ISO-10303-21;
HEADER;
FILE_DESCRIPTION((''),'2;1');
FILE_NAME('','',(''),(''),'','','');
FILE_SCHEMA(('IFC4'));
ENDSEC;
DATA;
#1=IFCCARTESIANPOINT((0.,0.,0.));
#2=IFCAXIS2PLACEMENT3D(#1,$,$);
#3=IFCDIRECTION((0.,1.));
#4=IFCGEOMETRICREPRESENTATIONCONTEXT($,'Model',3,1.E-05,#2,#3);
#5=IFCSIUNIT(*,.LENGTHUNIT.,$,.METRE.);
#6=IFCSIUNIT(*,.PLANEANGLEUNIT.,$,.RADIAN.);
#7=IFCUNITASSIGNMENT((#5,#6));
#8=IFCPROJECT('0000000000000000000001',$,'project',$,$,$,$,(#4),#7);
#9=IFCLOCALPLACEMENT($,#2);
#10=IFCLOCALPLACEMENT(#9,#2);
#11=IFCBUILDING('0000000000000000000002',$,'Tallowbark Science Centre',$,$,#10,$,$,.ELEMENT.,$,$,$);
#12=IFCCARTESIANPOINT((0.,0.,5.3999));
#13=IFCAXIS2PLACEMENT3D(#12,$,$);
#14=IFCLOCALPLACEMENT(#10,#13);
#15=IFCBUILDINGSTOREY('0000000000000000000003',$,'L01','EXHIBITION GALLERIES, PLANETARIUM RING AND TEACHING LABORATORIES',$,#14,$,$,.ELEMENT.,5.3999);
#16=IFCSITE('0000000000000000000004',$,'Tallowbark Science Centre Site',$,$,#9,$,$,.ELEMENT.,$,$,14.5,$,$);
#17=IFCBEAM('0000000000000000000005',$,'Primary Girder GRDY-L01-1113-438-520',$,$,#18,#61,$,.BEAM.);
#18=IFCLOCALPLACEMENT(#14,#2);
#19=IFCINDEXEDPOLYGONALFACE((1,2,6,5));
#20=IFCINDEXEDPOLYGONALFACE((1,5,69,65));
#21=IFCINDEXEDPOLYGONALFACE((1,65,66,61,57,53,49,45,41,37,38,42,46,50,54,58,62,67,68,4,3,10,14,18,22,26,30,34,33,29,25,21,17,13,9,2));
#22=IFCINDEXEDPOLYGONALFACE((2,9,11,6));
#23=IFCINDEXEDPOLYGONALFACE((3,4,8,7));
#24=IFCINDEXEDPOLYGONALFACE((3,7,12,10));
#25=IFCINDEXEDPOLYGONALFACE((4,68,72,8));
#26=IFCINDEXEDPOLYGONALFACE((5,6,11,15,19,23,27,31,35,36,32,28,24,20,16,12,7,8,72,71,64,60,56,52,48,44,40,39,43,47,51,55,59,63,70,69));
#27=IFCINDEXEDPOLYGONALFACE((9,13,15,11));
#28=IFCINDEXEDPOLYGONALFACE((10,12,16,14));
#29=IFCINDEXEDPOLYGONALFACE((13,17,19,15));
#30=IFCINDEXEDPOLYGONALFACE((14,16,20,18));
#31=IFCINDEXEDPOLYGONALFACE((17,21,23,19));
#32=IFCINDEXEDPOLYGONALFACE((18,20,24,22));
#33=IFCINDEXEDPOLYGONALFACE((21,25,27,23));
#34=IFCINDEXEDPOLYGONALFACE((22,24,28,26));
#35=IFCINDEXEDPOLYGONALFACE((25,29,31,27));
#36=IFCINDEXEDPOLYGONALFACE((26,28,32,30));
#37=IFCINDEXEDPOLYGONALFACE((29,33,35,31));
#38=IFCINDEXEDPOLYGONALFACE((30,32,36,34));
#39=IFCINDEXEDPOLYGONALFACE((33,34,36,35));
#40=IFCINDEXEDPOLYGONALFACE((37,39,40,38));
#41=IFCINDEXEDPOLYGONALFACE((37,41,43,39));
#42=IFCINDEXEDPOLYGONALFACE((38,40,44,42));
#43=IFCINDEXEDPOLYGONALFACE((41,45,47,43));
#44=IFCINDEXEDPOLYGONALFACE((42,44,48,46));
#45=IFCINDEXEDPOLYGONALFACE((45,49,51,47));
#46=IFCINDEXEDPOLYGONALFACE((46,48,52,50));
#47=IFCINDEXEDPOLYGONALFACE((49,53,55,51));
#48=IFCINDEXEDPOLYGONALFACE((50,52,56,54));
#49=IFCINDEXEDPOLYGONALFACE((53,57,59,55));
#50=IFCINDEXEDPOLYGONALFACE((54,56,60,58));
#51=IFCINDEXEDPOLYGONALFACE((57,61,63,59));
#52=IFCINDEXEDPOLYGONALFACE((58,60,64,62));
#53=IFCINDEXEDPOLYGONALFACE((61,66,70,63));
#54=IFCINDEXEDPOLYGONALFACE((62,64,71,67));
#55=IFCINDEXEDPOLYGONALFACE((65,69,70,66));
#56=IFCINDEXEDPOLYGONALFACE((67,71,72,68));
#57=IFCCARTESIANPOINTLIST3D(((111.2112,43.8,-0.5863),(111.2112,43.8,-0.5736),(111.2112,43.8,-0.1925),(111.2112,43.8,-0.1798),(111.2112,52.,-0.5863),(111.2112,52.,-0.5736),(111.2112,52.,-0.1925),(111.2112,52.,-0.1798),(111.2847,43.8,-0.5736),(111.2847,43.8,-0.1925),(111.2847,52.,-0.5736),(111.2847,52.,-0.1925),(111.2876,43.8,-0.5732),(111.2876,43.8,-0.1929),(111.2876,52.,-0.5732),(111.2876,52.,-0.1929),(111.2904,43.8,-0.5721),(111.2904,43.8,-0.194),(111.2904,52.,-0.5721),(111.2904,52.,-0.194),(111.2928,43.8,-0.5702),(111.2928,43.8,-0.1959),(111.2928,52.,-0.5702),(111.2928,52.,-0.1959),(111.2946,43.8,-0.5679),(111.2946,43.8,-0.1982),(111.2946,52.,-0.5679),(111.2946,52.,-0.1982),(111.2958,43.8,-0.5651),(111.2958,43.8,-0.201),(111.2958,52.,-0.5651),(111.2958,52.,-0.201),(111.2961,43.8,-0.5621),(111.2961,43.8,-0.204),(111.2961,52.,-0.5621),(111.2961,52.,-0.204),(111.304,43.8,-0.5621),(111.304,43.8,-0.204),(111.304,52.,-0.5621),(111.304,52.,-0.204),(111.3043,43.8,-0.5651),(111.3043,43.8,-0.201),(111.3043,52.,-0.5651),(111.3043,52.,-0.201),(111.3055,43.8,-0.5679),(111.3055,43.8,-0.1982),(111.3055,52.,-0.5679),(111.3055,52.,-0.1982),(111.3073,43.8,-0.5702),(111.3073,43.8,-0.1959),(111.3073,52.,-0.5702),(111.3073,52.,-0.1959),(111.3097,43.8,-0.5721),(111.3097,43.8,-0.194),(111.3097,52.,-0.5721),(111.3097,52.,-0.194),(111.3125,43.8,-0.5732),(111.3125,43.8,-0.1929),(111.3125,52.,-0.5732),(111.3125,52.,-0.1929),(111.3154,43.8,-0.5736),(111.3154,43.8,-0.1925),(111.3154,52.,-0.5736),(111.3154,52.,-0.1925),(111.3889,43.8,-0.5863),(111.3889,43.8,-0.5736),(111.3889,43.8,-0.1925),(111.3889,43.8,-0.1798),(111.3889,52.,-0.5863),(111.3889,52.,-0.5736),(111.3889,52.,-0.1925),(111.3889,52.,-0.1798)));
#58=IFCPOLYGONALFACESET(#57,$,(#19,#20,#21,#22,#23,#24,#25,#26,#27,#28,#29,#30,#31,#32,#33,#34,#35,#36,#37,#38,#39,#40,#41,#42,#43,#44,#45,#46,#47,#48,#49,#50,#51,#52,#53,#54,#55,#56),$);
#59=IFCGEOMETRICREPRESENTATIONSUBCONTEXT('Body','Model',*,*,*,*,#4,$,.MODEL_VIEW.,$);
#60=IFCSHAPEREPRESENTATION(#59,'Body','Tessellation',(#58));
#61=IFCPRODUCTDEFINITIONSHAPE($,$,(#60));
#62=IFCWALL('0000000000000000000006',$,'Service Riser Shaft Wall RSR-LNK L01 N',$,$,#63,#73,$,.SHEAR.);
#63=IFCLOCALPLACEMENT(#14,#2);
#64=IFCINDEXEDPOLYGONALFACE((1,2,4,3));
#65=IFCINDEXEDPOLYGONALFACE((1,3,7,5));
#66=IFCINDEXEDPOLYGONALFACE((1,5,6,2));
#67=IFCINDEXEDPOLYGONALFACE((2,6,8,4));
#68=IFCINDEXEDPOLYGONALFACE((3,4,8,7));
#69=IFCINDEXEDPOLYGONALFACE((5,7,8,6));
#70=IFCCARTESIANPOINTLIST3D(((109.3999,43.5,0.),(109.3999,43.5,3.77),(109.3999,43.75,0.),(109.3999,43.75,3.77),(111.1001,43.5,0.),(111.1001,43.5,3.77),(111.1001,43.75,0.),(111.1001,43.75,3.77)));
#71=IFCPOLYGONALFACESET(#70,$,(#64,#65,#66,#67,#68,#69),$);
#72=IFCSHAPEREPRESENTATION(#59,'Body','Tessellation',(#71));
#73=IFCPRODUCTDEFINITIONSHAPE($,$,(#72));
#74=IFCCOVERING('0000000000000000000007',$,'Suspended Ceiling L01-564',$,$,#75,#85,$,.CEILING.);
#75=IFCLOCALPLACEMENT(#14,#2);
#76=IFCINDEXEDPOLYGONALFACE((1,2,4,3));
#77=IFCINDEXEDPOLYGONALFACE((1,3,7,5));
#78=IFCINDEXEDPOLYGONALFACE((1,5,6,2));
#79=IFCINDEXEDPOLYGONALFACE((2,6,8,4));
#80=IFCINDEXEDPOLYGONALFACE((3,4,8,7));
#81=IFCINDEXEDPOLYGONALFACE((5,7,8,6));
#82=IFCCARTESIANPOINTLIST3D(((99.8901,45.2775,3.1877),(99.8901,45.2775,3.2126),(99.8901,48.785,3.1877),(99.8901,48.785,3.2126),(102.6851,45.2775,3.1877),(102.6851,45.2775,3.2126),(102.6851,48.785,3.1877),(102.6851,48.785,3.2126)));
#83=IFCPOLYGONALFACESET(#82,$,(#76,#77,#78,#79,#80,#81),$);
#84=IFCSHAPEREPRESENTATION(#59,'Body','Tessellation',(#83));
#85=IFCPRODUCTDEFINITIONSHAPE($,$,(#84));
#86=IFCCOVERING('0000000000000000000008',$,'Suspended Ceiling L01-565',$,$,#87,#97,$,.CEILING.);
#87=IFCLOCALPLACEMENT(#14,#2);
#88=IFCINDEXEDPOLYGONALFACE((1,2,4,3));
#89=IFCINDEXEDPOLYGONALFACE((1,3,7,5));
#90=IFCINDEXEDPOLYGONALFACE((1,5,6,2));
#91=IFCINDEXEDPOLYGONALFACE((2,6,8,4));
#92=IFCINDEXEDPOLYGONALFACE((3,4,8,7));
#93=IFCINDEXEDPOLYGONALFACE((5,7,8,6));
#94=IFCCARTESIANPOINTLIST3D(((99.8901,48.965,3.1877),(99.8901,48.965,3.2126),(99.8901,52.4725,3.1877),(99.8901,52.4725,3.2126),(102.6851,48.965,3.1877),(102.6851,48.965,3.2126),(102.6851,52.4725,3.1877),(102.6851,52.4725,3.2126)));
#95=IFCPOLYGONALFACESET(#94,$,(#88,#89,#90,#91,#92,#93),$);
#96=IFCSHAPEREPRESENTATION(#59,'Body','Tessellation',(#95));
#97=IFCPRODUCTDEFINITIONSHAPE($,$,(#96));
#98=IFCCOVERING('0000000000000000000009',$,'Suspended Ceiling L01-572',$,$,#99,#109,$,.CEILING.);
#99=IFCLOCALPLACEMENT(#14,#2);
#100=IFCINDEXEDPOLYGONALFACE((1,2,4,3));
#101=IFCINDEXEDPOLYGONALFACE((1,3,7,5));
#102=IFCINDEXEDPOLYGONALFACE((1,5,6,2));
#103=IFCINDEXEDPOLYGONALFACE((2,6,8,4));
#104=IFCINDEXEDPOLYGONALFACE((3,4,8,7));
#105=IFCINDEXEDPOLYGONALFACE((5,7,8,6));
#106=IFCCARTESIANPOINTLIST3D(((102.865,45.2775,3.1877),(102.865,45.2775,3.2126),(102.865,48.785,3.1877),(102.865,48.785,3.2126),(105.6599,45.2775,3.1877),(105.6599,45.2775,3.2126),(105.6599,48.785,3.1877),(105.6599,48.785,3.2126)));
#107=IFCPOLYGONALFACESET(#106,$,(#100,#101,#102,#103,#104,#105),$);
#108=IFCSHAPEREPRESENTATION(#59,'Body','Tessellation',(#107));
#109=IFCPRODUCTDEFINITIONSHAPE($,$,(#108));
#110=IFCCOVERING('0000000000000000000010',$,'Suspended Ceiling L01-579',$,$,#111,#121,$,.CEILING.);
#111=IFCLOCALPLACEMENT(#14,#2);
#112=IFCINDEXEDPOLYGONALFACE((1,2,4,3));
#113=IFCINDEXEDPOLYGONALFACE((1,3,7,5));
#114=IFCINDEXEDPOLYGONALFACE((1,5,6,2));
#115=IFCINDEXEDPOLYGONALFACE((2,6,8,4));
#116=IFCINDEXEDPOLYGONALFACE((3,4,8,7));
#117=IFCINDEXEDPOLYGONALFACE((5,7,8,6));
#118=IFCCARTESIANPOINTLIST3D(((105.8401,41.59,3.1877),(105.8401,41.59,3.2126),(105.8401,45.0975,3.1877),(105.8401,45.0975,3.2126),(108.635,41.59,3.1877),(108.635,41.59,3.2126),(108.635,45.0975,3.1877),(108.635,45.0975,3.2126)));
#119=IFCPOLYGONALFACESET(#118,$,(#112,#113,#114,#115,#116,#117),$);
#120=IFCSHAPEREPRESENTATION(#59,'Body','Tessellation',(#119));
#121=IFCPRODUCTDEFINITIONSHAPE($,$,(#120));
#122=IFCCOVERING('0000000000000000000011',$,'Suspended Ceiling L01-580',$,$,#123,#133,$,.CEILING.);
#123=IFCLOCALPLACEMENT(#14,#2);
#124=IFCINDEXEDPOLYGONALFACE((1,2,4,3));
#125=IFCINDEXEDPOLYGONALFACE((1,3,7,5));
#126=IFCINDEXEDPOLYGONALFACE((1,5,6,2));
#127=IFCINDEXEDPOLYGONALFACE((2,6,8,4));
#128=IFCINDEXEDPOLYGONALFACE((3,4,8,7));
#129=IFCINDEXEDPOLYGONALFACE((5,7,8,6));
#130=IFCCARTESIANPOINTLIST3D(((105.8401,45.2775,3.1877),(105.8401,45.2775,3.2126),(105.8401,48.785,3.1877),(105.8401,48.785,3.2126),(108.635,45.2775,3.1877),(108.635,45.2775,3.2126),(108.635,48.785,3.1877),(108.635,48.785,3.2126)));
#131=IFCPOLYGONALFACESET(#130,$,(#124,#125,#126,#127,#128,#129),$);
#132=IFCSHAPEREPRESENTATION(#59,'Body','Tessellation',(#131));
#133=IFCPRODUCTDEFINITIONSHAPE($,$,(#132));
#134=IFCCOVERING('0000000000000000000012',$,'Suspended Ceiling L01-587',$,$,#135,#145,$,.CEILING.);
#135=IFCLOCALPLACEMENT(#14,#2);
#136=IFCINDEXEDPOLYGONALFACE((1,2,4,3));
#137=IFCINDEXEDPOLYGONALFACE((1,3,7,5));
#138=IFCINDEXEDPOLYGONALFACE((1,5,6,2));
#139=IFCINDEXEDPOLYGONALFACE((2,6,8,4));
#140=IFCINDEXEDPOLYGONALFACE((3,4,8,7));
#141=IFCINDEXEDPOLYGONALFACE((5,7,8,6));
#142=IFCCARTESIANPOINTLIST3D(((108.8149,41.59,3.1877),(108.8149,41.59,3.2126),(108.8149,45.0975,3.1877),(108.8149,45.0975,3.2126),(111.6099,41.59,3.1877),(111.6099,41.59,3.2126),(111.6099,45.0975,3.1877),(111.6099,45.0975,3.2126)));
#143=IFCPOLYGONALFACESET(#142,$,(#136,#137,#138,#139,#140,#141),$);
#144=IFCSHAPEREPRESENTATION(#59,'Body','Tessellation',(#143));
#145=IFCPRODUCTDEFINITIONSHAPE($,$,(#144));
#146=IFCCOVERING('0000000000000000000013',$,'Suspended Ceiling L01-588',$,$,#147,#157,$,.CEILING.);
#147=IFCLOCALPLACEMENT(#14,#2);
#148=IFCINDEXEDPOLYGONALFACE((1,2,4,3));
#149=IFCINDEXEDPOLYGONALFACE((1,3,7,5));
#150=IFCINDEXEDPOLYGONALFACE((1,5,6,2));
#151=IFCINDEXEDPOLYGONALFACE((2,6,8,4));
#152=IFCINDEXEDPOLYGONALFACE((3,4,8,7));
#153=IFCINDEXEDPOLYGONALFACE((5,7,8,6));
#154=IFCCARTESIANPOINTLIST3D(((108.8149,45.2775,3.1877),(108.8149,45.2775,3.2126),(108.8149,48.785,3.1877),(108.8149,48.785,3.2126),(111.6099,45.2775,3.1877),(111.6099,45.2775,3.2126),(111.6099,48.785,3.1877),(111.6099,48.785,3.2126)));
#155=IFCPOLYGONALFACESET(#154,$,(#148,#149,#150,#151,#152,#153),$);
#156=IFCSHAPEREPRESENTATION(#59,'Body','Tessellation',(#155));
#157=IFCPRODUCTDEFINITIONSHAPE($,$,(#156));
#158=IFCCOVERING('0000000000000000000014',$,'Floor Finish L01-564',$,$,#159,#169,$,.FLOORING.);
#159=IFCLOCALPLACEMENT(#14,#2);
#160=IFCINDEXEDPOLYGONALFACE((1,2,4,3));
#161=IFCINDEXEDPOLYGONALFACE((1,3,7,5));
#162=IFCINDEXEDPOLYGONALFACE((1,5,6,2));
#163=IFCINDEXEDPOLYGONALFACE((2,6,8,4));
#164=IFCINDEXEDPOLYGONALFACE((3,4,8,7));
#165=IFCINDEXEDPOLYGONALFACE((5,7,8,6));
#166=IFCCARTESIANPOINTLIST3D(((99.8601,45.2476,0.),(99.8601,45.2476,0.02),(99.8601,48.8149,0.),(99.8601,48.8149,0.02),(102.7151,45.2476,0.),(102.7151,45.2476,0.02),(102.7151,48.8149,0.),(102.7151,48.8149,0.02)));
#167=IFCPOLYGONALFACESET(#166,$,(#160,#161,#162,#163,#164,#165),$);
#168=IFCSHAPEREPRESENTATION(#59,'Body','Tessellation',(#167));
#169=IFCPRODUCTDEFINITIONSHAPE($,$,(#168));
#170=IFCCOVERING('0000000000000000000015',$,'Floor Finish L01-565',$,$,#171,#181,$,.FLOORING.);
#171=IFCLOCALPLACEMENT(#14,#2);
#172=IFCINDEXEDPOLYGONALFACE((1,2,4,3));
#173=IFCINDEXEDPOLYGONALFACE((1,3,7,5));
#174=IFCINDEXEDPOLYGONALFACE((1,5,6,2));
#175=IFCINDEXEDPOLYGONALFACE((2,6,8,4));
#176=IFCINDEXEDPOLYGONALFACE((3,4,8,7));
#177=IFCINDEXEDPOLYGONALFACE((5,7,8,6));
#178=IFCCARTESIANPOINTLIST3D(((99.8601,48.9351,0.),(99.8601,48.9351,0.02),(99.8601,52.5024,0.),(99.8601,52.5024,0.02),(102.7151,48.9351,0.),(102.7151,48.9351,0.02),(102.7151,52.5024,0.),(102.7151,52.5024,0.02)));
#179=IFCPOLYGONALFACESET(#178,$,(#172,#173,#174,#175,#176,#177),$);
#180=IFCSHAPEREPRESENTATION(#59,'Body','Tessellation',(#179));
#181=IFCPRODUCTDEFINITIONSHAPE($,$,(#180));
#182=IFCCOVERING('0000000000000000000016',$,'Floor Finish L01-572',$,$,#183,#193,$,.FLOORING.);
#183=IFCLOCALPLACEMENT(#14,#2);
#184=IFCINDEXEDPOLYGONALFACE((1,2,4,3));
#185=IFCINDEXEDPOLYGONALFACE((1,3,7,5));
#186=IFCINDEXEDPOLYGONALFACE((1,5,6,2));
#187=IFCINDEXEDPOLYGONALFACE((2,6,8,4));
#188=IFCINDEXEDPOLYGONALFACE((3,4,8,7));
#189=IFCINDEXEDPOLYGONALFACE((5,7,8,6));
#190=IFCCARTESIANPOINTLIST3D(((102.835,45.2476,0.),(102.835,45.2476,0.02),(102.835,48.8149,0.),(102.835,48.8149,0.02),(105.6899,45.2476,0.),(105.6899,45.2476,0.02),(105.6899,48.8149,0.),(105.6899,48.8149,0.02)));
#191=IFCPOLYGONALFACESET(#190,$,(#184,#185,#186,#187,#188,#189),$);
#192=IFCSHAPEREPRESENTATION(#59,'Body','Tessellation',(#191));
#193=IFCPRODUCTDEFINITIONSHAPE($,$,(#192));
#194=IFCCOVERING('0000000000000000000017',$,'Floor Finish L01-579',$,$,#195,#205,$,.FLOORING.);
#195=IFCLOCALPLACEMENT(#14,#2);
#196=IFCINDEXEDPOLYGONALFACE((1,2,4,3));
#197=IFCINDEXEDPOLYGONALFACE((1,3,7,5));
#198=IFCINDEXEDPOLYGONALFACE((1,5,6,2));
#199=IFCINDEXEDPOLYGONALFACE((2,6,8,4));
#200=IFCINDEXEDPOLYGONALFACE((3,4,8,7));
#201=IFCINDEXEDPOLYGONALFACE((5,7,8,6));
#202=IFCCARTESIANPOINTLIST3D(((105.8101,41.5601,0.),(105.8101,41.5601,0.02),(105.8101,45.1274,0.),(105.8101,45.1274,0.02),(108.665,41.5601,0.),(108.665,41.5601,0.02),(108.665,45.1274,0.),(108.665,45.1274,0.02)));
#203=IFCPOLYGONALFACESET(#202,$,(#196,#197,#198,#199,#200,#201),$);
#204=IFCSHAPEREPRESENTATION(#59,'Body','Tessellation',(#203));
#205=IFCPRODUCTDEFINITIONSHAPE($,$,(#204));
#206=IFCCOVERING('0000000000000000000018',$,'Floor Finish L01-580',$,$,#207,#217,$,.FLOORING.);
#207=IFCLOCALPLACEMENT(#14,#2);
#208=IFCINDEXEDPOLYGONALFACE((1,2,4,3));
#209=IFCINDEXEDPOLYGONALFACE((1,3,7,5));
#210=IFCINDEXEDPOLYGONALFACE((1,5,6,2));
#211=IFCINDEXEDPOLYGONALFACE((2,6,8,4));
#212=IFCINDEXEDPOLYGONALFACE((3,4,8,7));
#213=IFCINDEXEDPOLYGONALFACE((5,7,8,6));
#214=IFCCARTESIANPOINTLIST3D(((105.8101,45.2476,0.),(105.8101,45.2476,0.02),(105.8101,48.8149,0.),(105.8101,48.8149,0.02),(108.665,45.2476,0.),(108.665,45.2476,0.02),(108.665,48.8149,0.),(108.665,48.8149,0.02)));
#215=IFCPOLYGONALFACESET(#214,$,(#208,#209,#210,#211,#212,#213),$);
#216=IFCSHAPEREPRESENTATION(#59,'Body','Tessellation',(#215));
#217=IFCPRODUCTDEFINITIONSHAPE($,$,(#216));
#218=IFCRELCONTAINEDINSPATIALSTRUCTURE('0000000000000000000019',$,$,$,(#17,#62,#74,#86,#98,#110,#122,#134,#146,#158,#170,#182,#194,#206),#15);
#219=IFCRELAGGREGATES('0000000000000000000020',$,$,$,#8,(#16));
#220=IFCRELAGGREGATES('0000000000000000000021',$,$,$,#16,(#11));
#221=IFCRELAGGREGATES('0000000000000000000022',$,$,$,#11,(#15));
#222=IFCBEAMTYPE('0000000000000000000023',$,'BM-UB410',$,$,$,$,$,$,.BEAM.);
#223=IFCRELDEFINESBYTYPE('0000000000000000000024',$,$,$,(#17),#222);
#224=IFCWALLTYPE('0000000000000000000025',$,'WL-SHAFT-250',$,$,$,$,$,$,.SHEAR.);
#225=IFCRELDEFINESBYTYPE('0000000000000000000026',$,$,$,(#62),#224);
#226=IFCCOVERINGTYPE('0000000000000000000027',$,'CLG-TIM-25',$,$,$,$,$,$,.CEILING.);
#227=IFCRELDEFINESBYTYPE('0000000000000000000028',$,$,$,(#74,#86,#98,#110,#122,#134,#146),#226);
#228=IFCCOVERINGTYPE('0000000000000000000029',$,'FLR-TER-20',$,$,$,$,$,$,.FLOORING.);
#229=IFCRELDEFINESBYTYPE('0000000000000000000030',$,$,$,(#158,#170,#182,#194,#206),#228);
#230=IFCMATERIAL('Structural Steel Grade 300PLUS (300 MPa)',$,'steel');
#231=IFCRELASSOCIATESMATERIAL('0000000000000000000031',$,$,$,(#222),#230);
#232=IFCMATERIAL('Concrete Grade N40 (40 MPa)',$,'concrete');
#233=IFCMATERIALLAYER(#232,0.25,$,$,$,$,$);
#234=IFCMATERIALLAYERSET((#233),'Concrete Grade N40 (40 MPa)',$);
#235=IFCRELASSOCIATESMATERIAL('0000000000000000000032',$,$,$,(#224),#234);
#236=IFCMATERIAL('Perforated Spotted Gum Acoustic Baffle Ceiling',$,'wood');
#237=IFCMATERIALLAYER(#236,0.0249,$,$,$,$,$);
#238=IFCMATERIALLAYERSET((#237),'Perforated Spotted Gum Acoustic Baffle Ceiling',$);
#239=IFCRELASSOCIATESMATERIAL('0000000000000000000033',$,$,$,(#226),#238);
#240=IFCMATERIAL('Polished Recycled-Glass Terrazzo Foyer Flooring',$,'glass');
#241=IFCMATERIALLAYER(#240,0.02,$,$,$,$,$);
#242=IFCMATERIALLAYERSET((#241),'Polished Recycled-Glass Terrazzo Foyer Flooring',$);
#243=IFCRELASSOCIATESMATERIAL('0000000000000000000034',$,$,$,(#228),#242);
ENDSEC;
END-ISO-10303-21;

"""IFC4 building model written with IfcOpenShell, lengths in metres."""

from ifc_helpers import new_model, si_unit, direction, frame, frame_2d, origin, origin_2d, place, context, subcontext, project, spatial, rectangle, i_section, extrude, material, layer, layer_set, material_profile, profile_set, type_object, element, save


model = new_model("IFC4")

# Units and contexts
model_context = context("Model", 3, precision=1e-05, world=origin(), true_north=direction((0.0, 1.0)))
body_context = subcontext(model_context, "Body", "Model", "MODEL_VIEW")
ifc_project = project(units=[si_unit("LENGTHUNIT", "METRE"), si_unit("PLANEANGLEUNIT", "RADIAN")], contexts=[model_context])

# Site, building, storey
site_placement = place(None, origin())
site = spatial("IfcSite", under=ifc_project, at=site_placement, Name="Tallowbark Science Centre Site", CompositionType="ELEMENT", RefElevation=14.5)
building_placement = place(site_placement, origin())
building = spatial("IfcBuilding", under=site, at=building_placement, Name="Tallowbark Science Centre", CompositionType="ELEMENT")
storey_placement = place(building_placement, frame((0.0, 0.0, 5.3999)))
storey = spatial("IfcBuildingStorey", under=building, at=storey_placement, Name="L01", Description="EXHIBITION GALLERIES, PLANETARIUM RING AND TEACHING LABORATORIES", CompositionType="ELEMENT", Elevation=5.3999)

# Shared definitions
ifc_material_1 = material(Name="Structural Steel Grade 300PLUS (300 MPa)", Category="steel")

# Beam
ifc_material_profile_1 = material_profile(ifc_material_1, i_section(OverallWidth=0.1777, OverallDepth=0.4065, WebThickness=0.0078, FlangeThickness=0.0127, FilletRadius=0.0115, at=origin_2d()), Name="410UB59.7")
ifc_profile_set_1 = profile_set([ifc_material_profile_1], Name="Structural Steel Grade 300PLUS (300 MPa)")
beam_type = type_object("IfcBeamType", Name="BM-UB410", PredefinedType="BEAM", material=ifc_profile_set_1)
for number, where, z_axis, x_axis, name in (
    (1, (111.3, 43.8, -0.3831), (0.0, 1.0, 0.0), (-1.0, 0.0, 0.0), "Primary Girder GRDY-L01-1113-438-520"),
):
    element("IfcBeam", number, at=place(storey_placement, frame(where, z_axis=z_axis, x_axis=x_axis)), inside=storey, type_object=beam_type, Name=name, PredefinedType="BEAM", context=body_context, shape_type="SweptSolid", body=[
        extrude(i_section(OverallWidth=0.1777, OverallDepth=0.4065, WebThickness=0.0078, FlangeThickness=0.0127, FilletRadius=0.0115, at=origin_2d()), origin(), (0.0, 0.0, 1.0), 8.2),
    ])

# Wall
ifc_material_2 = material(Name="Concrete Grade N40 (40 MPa)", Category="concrete")
ifc_layer_1 = layer(ifc_material_2, 0.25)
ifc_layer_set_1 = layer_set([ifc_layer_1], Name="Concrete Grade N40 (40 MPa)")
wall_type = type_object("IfcWallType", Name="WL-SHAFT-250", PredefinedType="SHEAR", material=ifc_layer_set_1)
wall_placement = place(storey_placement, frame((109.3999, 43.625, 0.0), z_axis=(0.0, 0.0, 1.0), x_axis=(1.0, 0.0, 0.0)))
element("IfcWall", 2, at=wall_placement, inside=storey, type_object=wall_type, Name="Service Riser Shaft Wall RSR-LNK L01 N", PredefinedType="SHEAR", context=body_context, shape_type="SweptSolid", body=[
    extrude(rectangle(XDim=1.7002, YDim=0.25, at=frame_2d((0.8501, 0.0))), origin(), (0.0, 0.0, 1.0), 3.77),
])

# Coverings
ifc_material_3 = material(Name="Perforated Spotted Gum Acoustic Baffle Ceiling", Category="wood")
ifc_layer_2 = layer(ifc_material_3, 0.0249)
ifc_layer_set_2 = layer_set([ifc_layer_2], Name="Perforated Spotted Gum Acoustic Baffle Ceiling")
covering_type_1 = type_object("IfcCoveringType", Name="CLG-TIM-25", PredefinedType="CEILING", material=ifc_layer_set_2)
for number, where, z_axis, x_axis, name in (
    (3, (101.2876, 47.0312, 3.1877), (0.0, 0.0, 1.0), (1.0, 0.0, 0.0), "Suspended Ceiling L01-564"),
    (4, (101.2876, 50.7188, 3.1877), (0.0, 0.0, 1.0), (1.0, 0.0, 0.0), "Suspended Ceiling L01-565"),
    (5, (104.2625, 47.0312, 3.1877), (0.0, 0.0, 1.0), (1.0, 0.0, 0.0), "Suspended Ceiling L01-572"),
    (6, (107.2375, 43.3438, 3.1877), (0.0, 0.0, 1.0), (1.0, 0.0, 0.0), "Suspended Ceiling L01-579"),
    (7, (107.2375, 47.0312, 3.1877), (0.0, 0.0, 1.0), (1.0, 0.0, 0.0), "Suspended Ceiling L01-580"),
    (8, (110.2124, 43.3438, 3.1877), (0.0, 0.0, 1.0), (1.0, 0.0, 0.0), "Suspended Ceiling L01-587"),
    (9, (110.2124, 47.0312, 3.1877), (0.0, 0.0, 1.0), (1.0, 0.0, 0.0), "Suspended Ceiling L01-588"),
):
    element("IfcCovering", number, at=place(storey_placement, frame(where, z_axis=z_axis, x_axis=x_axis)), inside=storey, type_object=covering_type_1, Name=name, PredefinedType="CEILING", context=body_context, shape_type="SweptSolid", body=[
        extrude(rectangle(XDim=2.7949, YDim=3.5076, at=origin_2d()), origin(), (0.0, 0.0, 1.0), 0.0249),
    ])
ifc_material_4 = material(Name="Polished Recycled-Glass Terrazzo Foyer Flooring", Category="glass")
ifc_layer_3 = layer(ifc_material_4, 0.02)
ifc_layer_set_3 = layer_set([ifc_layer_3], Name="Polished Recycled-Glass Terrazzo Foyer Flooring")
covering_type_2 = type_object("IfcCoveringType", Name="FLR-TER-20", PredefinedType="FLOORING", material=ifc_layer_set_3)
for number, where, z_axis, x_axis, name in (
    (10, (101.2876, 47.0312, 0.0), (0.0, 0.0, 1.0), (1.0, 0.0, 0.0), "Floor Finish L01-564"),
    (11, (101.2876, 50.7188, 0.0), (0.0, 0.0, 1.0), (1.0, 0.0, 0.0), "Floor Finish L01-565"),
    (12, (104.2625, 47.0312, 0.0), (0.0, 0.0, 1.0), (1.0, 0.0, 0.0), "Floor Finish L01-572"),
    (13, (107.2375, 43.3438, 0.0), (0.0, 0.0, 1.0), (1.0, 0.0, 0.0), "Floor Finish L01-579"),
    (14, (107.2375, 47.0312, 0.0), (0.0, 0.0, 1.0), (1.0, 0.0, 0.0), "Floor Finish L01-580"),
):
    element("IfcCovering", number, at=place(storey_placement, frame(where, z_axis=z_axis, x_axis=x_axis)), inside=storey, type_object=covering_type_2, Name=name, PredefinedType="FLOORING", context=body_context, shape_type="SweptSolid", body=[
        extrude(rectangle(XDim=2.855, YDim=3.5674, at=origin_2d()), origin(), (0.0, 0.0, 1.0), 0.02),
    ])

save(model, "model.ifc")
